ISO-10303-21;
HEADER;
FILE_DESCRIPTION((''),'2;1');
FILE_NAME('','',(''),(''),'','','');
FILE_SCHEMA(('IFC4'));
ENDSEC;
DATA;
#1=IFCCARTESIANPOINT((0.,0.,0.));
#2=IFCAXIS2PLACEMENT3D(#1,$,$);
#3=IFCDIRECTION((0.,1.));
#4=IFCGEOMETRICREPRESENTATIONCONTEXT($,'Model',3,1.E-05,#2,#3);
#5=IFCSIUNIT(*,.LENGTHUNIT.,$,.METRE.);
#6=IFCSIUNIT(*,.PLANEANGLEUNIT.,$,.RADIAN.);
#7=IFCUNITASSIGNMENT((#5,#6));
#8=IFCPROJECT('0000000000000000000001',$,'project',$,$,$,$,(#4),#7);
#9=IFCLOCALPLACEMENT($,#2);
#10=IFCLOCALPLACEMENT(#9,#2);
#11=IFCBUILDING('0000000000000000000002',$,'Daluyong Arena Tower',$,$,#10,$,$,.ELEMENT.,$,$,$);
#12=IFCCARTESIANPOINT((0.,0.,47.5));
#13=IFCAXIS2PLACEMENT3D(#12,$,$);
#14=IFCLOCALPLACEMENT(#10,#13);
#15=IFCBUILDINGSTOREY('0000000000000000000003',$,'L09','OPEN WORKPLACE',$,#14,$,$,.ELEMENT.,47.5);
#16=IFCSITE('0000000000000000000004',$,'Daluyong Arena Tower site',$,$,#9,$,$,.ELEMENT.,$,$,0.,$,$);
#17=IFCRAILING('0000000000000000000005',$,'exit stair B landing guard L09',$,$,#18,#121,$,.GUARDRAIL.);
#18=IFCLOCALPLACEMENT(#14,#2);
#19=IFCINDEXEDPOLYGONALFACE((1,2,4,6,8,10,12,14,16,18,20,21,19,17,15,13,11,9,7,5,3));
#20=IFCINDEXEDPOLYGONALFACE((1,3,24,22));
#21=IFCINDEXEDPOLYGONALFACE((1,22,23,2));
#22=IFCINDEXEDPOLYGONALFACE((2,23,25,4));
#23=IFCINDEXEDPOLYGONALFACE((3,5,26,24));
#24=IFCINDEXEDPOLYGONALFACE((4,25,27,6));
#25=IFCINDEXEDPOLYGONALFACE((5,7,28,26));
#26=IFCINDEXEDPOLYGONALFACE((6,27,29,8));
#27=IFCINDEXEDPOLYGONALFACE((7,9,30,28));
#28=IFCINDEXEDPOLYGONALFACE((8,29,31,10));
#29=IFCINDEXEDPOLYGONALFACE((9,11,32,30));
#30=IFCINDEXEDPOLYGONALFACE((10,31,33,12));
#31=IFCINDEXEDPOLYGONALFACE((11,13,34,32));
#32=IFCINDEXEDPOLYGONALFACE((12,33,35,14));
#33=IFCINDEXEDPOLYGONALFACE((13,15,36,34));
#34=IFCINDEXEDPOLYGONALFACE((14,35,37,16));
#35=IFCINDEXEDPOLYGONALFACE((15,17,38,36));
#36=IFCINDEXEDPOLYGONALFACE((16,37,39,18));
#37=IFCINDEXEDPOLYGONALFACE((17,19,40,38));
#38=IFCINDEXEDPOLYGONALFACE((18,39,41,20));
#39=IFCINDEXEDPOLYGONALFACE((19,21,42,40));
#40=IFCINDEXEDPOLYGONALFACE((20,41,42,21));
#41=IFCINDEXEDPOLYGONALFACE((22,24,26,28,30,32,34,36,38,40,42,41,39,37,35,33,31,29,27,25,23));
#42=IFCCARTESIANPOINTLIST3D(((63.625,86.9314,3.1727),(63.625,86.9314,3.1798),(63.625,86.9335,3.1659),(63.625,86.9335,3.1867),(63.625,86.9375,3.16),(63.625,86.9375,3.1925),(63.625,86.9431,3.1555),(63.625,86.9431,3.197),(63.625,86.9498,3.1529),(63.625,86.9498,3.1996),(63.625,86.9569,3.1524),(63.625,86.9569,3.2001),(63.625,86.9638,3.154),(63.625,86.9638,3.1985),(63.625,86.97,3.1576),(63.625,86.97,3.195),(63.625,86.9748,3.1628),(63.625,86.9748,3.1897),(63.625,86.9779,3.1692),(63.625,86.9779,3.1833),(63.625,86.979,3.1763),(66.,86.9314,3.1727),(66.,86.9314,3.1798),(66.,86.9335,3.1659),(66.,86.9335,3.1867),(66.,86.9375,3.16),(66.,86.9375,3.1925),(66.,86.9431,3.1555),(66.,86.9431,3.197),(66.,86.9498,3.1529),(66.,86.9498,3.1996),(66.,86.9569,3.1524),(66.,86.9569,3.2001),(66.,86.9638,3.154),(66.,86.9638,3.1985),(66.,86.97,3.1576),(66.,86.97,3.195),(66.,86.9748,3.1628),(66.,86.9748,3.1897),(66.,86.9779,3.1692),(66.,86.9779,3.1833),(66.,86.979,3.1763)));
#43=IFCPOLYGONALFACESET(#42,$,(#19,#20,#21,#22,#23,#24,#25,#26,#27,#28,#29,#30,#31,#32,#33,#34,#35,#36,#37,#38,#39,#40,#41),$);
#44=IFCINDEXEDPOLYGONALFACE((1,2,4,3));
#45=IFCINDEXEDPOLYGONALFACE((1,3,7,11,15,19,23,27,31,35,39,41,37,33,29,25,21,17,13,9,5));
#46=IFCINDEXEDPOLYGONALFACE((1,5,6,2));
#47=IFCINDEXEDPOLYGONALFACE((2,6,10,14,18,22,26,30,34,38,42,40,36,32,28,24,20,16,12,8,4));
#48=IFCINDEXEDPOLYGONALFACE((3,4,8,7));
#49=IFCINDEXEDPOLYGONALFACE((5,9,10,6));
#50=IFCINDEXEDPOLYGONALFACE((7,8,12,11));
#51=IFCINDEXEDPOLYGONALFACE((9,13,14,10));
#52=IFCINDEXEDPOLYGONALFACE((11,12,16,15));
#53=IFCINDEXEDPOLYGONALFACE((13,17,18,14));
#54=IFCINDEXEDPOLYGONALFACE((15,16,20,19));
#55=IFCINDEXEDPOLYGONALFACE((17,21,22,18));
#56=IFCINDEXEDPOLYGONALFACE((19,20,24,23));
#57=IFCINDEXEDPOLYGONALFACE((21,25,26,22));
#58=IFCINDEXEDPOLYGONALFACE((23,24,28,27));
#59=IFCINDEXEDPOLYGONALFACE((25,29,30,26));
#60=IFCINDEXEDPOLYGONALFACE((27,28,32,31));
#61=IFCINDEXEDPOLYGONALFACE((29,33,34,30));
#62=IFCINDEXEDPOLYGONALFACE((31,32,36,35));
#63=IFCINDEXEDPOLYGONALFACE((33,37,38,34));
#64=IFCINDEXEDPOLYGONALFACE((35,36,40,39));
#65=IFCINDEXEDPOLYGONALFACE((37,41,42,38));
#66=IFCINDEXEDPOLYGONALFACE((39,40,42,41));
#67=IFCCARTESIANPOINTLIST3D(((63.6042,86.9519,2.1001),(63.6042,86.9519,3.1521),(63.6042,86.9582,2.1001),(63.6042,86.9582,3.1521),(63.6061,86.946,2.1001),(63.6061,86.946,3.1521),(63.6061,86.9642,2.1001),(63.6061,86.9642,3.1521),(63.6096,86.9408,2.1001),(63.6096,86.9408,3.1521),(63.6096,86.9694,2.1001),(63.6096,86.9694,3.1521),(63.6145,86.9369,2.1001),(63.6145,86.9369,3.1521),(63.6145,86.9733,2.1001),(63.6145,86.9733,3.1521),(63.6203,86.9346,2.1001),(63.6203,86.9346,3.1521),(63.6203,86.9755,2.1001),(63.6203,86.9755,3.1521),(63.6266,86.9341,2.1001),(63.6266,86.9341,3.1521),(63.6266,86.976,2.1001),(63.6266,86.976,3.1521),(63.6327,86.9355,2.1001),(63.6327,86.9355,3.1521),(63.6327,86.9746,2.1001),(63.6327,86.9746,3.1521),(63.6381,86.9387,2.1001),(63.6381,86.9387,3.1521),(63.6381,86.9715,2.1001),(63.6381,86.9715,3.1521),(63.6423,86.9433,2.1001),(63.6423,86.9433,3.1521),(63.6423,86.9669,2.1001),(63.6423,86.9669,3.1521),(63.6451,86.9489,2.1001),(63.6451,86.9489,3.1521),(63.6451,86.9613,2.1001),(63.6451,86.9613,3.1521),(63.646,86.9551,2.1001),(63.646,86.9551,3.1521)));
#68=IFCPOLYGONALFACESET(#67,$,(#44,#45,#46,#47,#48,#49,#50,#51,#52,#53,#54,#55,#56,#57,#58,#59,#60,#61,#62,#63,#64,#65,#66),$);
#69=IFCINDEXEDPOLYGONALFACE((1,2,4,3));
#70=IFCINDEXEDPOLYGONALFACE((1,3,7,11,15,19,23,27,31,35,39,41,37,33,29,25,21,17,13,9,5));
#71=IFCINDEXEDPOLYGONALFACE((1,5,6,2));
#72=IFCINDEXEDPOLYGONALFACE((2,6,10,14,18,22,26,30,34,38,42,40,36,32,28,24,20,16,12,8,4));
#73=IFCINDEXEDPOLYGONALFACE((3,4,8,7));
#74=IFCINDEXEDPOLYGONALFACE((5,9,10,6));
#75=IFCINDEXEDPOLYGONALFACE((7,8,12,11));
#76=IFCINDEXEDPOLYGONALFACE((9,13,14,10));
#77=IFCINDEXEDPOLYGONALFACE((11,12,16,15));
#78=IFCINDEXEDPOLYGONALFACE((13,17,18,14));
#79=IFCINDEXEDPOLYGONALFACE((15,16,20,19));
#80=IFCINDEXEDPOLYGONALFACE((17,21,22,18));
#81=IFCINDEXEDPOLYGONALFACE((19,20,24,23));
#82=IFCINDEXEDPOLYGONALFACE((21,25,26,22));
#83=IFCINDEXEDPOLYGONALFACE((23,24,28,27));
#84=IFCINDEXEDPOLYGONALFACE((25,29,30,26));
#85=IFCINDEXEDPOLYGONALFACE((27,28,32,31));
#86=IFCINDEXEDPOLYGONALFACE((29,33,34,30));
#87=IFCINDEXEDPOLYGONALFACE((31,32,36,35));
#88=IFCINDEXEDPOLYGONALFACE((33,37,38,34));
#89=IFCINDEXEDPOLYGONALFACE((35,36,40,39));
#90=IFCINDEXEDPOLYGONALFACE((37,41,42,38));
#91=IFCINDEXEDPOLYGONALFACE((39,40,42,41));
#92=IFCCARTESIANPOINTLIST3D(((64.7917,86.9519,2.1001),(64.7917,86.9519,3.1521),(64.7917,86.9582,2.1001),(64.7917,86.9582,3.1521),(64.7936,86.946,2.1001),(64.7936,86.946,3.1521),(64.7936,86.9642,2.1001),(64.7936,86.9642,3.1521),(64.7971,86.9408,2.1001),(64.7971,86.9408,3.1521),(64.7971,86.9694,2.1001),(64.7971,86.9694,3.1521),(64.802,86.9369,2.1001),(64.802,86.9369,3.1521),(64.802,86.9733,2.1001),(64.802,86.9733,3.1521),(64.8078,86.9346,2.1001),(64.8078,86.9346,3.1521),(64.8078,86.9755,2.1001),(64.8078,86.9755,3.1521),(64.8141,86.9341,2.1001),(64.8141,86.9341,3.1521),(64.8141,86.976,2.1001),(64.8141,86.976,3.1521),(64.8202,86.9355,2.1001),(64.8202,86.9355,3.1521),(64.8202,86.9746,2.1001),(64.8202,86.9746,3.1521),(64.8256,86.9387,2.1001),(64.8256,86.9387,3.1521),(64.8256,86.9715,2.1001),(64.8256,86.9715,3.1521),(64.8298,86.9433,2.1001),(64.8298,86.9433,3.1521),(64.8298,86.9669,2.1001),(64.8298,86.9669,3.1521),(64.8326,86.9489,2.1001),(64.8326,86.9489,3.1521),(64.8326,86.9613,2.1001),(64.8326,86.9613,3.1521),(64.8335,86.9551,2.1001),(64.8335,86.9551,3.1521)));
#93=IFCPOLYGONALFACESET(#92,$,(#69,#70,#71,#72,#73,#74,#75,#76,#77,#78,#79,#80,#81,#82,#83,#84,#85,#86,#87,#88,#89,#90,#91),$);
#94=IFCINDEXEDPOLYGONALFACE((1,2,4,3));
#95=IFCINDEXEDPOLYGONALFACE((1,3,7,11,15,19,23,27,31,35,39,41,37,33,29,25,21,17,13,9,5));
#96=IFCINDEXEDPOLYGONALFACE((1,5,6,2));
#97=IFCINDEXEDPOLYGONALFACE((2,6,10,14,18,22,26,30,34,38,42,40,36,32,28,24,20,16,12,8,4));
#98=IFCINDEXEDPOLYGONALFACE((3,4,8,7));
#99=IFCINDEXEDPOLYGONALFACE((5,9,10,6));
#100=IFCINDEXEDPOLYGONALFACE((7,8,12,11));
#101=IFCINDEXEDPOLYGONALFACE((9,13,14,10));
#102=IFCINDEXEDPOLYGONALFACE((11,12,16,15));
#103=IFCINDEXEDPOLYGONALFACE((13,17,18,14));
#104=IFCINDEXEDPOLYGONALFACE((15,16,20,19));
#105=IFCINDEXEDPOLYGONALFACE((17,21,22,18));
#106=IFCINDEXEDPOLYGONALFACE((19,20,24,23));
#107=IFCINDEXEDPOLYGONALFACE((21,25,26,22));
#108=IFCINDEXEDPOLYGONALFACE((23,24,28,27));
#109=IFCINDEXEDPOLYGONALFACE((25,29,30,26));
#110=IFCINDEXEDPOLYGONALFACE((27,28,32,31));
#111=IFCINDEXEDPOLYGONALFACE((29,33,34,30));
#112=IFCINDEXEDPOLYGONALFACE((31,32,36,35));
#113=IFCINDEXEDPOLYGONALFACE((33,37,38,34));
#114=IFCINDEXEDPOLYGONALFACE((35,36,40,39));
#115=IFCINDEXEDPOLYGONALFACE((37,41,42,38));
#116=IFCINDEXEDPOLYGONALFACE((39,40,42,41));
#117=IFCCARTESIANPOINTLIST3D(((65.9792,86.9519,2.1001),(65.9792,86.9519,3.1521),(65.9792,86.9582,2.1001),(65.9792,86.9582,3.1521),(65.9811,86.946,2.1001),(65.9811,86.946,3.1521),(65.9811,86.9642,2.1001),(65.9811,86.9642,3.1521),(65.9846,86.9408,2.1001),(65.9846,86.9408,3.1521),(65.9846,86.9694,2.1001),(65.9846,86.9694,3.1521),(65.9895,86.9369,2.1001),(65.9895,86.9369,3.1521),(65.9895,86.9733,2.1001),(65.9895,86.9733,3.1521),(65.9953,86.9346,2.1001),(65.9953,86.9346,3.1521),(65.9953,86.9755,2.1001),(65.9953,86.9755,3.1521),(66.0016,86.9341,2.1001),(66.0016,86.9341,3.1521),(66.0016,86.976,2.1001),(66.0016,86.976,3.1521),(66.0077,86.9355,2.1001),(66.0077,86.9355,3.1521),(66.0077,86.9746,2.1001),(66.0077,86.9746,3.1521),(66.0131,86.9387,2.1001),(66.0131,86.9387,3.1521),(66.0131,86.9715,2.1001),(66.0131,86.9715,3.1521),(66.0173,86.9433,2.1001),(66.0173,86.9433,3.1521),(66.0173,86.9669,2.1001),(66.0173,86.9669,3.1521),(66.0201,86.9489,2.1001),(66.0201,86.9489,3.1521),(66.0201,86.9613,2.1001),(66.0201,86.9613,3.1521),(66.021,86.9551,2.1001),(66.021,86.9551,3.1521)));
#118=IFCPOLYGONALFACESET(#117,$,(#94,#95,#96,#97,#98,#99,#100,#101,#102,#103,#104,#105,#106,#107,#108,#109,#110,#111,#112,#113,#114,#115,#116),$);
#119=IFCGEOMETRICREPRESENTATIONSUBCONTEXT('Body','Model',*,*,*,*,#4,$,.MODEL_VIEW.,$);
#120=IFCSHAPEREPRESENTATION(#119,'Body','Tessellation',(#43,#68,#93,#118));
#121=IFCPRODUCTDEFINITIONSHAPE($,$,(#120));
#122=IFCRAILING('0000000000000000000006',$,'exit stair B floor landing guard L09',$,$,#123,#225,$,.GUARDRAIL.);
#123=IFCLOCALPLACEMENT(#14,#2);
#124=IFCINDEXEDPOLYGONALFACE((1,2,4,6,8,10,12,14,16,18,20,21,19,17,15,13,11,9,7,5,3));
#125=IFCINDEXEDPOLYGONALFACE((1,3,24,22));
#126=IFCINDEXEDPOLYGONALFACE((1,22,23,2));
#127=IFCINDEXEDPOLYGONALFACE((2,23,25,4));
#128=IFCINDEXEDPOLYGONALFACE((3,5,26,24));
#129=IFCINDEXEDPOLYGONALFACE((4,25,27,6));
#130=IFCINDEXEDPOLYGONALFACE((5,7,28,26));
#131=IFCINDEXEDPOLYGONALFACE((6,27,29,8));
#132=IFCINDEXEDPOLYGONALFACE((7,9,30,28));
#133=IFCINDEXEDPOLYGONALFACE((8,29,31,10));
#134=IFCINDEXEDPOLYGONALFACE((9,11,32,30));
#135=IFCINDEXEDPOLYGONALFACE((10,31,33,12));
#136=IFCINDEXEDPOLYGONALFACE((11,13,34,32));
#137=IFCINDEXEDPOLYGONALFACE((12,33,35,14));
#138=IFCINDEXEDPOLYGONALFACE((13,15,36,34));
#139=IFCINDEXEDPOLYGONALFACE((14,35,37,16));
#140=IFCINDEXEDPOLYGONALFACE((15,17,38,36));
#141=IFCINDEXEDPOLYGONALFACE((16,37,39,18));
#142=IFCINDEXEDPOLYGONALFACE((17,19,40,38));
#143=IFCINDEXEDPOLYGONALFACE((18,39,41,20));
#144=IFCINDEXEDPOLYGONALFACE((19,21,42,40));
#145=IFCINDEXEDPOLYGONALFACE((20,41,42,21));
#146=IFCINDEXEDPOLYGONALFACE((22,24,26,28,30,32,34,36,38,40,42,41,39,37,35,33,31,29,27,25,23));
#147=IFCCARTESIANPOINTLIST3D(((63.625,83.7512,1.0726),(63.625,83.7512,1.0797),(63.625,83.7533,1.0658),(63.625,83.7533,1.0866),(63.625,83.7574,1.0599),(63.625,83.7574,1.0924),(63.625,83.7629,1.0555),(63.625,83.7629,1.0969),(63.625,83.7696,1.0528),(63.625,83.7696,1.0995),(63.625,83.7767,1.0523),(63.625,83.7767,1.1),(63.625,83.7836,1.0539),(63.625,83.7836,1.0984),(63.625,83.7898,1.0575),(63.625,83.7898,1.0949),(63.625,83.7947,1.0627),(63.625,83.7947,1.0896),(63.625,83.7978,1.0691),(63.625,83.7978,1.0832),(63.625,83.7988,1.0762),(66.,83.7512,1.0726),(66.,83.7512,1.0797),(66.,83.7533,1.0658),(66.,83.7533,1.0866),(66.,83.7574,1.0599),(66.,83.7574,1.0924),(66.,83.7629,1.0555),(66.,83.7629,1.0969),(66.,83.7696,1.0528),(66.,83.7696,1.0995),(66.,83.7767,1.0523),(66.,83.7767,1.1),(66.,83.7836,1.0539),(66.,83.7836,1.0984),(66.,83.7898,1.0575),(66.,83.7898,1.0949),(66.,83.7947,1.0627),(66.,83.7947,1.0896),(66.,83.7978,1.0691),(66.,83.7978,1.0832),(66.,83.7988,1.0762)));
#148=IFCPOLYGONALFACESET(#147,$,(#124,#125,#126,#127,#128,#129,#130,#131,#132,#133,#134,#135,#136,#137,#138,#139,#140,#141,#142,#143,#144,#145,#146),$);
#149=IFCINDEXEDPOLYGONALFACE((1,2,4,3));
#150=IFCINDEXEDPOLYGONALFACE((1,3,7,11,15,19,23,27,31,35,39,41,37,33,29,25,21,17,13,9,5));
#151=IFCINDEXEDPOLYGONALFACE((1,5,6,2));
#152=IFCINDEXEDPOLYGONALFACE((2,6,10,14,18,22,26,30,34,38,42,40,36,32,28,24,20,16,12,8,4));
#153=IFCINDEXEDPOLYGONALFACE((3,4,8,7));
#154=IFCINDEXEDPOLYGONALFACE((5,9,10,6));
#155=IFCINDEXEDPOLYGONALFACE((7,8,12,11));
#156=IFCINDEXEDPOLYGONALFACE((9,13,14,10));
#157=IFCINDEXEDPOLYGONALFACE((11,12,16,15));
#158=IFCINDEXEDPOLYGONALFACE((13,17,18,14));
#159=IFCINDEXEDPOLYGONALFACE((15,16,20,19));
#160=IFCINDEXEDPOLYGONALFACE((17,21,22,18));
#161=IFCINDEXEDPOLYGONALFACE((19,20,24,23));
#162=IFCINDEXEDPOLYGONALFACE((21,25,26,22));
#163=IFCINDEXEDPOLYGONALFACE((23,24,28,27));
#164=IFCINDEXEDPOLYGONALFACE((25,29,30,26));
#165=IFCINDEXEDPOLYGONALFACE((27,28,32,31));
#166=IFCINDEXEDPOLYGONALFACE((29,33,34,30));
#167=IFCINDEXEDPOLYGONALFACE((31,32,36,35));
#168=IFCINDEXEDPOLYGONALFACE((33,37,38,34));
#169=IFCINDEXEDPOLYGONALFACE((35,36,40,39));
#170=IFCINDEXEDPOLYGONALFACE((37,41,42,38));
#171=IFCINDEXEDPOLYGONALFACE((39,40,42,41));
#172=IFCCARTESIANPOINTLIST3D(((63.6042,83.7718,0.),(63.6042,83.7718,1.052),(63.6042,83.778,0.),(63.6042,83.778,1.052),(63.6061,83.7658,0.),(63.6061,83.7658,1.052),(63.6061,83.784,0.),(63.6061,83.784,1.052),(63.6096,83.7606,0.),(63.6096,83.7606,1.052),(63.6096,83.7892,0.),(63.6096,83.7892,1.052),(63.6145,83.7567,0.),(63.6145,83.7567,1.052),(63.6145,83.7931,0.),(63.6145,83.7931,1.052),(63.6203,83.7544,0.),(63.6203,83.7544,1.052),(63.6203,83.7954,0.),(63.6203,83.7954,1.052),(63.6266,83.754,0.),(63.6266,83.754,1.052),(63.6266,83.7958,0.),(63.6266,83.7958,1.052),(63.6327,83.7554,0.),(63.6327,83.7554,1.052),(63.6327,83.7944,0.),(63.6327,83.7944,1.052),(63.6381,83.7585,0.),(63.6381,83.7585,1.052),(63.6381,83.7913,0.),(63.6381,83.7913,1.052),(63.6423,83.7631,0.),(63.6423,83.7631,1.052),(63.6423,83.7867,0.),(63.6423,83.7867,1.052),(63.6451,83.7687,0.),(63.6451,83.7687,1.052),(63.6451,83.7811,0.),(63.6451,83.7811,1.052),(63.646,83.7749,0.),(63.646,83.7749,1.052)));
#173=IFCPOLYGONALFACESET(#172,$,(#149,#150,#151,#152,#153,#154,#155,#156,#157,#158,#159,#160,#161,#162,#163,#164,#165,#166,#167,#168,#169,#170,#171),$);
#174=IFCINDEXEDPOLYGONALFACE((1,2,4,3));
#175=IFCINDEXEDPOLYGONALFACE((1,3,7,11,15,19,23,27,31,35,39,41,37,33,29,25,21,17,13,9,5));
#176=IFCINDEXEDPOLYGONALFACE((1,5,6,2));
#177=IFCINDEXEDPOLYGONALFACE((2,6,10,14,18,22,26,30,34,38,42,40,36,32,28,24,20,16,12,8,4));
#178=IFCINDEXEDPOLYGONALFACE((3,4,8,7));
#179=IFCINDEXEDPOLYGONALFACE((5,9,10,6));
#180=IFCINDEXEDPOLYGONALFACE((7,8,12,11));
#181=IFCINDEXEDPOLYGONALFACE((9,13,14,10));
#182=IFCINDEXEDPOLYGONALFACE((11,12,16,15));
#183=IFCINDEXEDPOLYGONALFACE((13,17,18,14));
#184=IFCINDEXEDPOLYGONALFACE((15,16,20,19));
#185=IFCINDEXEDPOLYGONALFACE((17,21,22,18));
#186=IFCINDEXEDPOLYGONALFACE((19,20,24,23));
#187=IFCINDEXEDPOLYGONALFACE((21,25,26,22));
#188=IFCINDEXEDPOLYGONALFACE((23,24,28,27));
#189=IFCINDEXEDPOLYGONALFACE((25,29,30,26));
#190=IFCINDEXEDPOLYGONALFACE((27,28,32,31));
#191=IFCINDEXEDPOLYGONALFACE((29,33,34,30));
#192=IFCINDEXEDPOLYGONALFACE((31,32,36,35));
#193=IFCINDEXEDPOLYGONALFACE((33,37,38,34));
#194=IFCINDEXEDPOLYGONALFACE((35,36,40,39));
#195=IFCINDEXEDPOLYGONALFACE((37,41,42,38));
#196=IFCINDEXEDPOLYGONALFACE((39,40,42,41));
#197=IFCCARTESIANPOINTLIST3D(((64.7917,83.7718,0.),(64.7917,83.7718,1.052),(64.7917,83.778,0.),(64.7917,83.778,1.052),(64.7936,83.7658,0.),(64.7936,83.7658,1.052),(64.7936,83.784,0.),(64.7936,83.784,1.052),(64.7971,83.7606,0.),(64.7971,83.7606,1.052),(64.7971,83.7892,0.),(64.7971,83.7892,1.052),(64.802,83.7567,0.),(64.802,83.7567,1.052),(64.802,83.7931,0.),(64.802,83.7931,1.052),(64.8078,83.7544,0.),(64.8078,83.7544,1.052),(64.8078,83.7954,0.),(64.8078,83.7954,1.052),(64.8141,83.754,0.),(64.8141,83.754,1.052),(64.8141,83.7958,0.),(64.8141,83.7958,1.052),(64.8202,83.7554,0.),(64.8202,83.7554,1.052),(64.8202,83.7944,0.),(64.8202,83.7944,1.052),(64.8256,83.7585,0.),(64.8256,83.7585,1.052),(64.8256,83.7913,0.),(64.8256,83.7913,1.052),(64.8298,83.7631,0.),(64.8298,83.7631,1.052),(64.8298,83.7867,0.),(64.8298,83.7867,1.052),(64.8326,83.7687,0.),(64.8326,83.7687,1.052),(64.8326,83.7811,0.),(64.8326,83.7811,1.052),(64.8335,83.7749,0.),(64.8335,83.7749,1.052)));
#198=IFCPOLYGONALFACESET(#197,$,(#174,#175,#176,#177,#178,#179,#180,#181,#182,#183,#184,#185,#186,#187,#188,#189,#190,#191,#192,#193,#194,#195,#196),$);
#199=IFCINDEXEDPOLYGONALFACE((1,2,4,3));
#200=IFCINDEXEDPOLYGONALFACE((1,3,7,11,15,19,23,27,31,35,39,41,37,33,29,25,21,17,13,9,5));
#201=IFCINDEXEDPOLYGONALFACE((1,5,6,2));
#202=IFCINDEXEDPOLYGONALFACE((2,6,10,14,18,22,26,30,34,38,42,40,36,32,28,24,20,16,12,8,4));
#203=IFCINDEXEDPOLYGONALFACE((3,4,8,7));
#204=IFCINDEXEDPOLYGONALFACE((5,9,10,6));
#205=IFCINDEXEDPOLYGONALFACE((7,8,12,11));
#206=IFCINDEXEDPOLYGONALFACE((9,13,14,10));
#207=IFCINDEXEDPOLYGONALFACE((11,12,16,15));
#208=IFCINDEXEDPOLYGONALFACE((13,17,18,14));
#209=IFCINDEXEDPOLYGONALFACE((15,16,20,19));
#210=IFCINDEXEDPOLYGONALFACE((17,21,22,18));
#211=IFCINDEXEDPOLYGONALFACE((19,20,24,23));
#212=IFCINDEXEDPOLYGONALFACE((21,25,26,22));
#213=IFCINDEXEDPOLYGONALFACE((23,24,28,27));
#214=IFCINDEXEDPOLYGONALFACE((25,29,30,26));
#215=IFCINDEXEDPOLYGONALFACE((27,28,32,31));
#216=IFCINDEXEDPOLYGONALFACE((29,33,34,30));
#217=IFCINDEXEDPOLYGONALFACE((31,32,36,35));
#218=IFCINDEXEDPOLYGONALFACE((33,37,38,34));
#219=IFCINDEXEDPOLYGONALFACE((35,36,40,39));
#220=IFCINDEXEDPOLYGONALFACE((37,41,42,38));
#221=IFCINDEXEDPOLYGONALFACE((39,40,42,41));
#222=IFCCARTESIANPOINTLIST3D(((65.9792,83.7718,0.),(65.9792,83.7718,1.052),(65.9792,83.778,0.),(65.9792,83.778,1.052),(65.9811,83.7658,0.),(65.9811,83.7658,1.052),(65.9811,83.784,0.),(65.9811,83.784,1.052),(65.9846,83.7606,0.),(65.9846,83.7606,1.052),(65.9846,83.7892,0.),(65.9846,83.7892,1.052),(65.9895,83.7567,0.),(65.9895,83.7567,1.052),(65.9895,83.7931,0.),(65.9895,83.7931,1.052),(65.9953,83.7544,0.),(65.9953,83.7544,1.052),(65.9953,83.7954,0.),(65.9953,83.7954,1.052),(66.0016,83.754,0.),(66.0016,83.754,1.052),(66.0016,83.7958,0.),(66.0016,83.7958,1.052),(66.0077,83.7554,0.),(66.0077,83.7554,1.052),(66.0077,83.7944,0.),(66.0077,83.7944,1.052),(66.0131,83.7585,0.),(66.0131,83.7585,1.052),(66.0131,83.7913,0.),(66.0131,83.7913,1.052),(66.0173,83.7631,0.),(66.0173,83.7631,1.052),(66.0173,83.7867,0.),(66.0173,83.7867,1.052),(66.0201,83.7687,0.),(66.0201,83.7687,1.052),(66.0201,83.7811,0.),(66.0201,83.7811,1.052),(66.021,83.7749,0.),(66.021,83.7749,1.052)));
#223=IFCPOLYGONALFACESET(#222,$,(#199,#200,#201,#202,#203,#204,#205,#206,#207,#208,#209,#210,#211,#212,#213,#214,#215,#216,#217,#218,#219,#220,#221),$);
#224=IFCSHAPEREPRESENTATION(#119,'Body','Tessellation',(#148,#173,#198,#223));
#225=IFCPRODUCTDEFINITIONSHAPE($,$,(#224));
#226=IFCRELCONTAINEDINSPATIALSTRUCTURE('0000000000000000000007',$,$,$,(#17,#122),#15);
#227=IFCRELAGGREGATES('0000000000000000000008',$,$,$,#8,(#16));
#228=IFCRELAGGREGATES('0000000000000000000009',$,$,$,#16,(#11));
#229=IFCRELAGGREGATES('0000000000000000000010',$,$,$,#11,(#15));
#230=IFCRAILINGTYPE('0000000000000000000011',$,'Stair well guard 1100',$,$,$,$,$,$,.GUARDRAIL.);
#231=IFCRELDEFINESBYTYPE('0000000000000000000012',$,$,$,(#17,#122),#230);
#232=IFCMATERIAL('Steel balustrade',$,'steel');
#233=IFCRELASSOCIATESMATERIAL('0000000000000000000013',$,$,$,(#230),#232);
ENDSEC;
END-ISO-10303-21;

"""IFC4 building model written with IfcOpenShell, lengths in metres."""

from ifc_helpers import new_model, si_unit, direction, frame, origin, origin_2d, place, context, subcontext, project, spatial, circle, extrude, material, type_object, element, save


model = new_model("IFC4")

# Units and contexts
model_context = context("Model", 3, precision=1e-05, world=origin(), true_north=direction((0.0, 1.0)))
body_context = subcontext(model_context, "Body", "Model", "MODEL_VIEW")
ifc_project = project(units=[si_unit("LENGTHUNIT", "METRE"), si_unit("PLANEANGLEUNIT", "RADIAN")], contexts=[model_context])

# Site, building, storey
site_placement = place(None, origin())
site = spatial("IfcSite", under=ifc_project, at=site_placement, Name="Daluyong Arena Tower site", CompositionType="ELEMENT", RefElevation=0.0)
building_placement = place(site_placement, origin())
building = spatial("IfcBuilding", under=site, at=building_placement, Name="Daluyong Arena Tower", CompositionType="ELEMENT")
storey_placement = place(building_placement, frame((0.0, 0.0, 47.5)))
storey = spatial("IfcBuildingStorey", under=building, at=storey_placement, Name="L09", Description="OPEN WORKPLACE", CompositionType="ELEMENT", Elevation=47.5)

# Railings
ifc_material_1 = material(Name="Steel balustrade", Category="steel")
railing_type_1 = type_object("IfcRailingType", Name="Stair well guard 1100", PredefinedType="GUARDRAIL", material=ifc_material_1)
for number, where, name in (
    (1, (63.625, 86.9551, 2.1001), "exit stair B landing guard L09"),
    (2, (63.625, 83.7749, 0.0), "exit stair B floor landing guard L09"),
):
    element("IfcRailing", number, at=place(storey_placement, frame(where)), inside=storey, type_object=railing_type_1, Name=name, PredefinedType="GUARDRAIL", context=body_context, shape_type="SweptSolid", body=[
        extrude(circle(Radius=0.0239, at=origin_2d()), frame((0.0, 0.0, 1.0762), z_axis=(1.0, 0.0, 0.0), x_axis=(0.0, 1.0, 0.0)), (0.0, 0.0, 1.0), 2.375),
        extrude(circle(Radius=0.021, at=origin_2d()), origin(), (0.0, 0.0, 1.0), 1.052),
        extrude(circle(Radius=0.021, at=origin_2d()), frame((1.1875, 0.0, 0.0)), (0.0, 0.0, 1.0), 1.052),
        extrude(circle(Radius=0.021, at=origin_2d()), frame((2.375, 0.0, 0.0)), (0.0, 0.0, 1.0), 1.052),
    ])

save(model, "model.ifc")
